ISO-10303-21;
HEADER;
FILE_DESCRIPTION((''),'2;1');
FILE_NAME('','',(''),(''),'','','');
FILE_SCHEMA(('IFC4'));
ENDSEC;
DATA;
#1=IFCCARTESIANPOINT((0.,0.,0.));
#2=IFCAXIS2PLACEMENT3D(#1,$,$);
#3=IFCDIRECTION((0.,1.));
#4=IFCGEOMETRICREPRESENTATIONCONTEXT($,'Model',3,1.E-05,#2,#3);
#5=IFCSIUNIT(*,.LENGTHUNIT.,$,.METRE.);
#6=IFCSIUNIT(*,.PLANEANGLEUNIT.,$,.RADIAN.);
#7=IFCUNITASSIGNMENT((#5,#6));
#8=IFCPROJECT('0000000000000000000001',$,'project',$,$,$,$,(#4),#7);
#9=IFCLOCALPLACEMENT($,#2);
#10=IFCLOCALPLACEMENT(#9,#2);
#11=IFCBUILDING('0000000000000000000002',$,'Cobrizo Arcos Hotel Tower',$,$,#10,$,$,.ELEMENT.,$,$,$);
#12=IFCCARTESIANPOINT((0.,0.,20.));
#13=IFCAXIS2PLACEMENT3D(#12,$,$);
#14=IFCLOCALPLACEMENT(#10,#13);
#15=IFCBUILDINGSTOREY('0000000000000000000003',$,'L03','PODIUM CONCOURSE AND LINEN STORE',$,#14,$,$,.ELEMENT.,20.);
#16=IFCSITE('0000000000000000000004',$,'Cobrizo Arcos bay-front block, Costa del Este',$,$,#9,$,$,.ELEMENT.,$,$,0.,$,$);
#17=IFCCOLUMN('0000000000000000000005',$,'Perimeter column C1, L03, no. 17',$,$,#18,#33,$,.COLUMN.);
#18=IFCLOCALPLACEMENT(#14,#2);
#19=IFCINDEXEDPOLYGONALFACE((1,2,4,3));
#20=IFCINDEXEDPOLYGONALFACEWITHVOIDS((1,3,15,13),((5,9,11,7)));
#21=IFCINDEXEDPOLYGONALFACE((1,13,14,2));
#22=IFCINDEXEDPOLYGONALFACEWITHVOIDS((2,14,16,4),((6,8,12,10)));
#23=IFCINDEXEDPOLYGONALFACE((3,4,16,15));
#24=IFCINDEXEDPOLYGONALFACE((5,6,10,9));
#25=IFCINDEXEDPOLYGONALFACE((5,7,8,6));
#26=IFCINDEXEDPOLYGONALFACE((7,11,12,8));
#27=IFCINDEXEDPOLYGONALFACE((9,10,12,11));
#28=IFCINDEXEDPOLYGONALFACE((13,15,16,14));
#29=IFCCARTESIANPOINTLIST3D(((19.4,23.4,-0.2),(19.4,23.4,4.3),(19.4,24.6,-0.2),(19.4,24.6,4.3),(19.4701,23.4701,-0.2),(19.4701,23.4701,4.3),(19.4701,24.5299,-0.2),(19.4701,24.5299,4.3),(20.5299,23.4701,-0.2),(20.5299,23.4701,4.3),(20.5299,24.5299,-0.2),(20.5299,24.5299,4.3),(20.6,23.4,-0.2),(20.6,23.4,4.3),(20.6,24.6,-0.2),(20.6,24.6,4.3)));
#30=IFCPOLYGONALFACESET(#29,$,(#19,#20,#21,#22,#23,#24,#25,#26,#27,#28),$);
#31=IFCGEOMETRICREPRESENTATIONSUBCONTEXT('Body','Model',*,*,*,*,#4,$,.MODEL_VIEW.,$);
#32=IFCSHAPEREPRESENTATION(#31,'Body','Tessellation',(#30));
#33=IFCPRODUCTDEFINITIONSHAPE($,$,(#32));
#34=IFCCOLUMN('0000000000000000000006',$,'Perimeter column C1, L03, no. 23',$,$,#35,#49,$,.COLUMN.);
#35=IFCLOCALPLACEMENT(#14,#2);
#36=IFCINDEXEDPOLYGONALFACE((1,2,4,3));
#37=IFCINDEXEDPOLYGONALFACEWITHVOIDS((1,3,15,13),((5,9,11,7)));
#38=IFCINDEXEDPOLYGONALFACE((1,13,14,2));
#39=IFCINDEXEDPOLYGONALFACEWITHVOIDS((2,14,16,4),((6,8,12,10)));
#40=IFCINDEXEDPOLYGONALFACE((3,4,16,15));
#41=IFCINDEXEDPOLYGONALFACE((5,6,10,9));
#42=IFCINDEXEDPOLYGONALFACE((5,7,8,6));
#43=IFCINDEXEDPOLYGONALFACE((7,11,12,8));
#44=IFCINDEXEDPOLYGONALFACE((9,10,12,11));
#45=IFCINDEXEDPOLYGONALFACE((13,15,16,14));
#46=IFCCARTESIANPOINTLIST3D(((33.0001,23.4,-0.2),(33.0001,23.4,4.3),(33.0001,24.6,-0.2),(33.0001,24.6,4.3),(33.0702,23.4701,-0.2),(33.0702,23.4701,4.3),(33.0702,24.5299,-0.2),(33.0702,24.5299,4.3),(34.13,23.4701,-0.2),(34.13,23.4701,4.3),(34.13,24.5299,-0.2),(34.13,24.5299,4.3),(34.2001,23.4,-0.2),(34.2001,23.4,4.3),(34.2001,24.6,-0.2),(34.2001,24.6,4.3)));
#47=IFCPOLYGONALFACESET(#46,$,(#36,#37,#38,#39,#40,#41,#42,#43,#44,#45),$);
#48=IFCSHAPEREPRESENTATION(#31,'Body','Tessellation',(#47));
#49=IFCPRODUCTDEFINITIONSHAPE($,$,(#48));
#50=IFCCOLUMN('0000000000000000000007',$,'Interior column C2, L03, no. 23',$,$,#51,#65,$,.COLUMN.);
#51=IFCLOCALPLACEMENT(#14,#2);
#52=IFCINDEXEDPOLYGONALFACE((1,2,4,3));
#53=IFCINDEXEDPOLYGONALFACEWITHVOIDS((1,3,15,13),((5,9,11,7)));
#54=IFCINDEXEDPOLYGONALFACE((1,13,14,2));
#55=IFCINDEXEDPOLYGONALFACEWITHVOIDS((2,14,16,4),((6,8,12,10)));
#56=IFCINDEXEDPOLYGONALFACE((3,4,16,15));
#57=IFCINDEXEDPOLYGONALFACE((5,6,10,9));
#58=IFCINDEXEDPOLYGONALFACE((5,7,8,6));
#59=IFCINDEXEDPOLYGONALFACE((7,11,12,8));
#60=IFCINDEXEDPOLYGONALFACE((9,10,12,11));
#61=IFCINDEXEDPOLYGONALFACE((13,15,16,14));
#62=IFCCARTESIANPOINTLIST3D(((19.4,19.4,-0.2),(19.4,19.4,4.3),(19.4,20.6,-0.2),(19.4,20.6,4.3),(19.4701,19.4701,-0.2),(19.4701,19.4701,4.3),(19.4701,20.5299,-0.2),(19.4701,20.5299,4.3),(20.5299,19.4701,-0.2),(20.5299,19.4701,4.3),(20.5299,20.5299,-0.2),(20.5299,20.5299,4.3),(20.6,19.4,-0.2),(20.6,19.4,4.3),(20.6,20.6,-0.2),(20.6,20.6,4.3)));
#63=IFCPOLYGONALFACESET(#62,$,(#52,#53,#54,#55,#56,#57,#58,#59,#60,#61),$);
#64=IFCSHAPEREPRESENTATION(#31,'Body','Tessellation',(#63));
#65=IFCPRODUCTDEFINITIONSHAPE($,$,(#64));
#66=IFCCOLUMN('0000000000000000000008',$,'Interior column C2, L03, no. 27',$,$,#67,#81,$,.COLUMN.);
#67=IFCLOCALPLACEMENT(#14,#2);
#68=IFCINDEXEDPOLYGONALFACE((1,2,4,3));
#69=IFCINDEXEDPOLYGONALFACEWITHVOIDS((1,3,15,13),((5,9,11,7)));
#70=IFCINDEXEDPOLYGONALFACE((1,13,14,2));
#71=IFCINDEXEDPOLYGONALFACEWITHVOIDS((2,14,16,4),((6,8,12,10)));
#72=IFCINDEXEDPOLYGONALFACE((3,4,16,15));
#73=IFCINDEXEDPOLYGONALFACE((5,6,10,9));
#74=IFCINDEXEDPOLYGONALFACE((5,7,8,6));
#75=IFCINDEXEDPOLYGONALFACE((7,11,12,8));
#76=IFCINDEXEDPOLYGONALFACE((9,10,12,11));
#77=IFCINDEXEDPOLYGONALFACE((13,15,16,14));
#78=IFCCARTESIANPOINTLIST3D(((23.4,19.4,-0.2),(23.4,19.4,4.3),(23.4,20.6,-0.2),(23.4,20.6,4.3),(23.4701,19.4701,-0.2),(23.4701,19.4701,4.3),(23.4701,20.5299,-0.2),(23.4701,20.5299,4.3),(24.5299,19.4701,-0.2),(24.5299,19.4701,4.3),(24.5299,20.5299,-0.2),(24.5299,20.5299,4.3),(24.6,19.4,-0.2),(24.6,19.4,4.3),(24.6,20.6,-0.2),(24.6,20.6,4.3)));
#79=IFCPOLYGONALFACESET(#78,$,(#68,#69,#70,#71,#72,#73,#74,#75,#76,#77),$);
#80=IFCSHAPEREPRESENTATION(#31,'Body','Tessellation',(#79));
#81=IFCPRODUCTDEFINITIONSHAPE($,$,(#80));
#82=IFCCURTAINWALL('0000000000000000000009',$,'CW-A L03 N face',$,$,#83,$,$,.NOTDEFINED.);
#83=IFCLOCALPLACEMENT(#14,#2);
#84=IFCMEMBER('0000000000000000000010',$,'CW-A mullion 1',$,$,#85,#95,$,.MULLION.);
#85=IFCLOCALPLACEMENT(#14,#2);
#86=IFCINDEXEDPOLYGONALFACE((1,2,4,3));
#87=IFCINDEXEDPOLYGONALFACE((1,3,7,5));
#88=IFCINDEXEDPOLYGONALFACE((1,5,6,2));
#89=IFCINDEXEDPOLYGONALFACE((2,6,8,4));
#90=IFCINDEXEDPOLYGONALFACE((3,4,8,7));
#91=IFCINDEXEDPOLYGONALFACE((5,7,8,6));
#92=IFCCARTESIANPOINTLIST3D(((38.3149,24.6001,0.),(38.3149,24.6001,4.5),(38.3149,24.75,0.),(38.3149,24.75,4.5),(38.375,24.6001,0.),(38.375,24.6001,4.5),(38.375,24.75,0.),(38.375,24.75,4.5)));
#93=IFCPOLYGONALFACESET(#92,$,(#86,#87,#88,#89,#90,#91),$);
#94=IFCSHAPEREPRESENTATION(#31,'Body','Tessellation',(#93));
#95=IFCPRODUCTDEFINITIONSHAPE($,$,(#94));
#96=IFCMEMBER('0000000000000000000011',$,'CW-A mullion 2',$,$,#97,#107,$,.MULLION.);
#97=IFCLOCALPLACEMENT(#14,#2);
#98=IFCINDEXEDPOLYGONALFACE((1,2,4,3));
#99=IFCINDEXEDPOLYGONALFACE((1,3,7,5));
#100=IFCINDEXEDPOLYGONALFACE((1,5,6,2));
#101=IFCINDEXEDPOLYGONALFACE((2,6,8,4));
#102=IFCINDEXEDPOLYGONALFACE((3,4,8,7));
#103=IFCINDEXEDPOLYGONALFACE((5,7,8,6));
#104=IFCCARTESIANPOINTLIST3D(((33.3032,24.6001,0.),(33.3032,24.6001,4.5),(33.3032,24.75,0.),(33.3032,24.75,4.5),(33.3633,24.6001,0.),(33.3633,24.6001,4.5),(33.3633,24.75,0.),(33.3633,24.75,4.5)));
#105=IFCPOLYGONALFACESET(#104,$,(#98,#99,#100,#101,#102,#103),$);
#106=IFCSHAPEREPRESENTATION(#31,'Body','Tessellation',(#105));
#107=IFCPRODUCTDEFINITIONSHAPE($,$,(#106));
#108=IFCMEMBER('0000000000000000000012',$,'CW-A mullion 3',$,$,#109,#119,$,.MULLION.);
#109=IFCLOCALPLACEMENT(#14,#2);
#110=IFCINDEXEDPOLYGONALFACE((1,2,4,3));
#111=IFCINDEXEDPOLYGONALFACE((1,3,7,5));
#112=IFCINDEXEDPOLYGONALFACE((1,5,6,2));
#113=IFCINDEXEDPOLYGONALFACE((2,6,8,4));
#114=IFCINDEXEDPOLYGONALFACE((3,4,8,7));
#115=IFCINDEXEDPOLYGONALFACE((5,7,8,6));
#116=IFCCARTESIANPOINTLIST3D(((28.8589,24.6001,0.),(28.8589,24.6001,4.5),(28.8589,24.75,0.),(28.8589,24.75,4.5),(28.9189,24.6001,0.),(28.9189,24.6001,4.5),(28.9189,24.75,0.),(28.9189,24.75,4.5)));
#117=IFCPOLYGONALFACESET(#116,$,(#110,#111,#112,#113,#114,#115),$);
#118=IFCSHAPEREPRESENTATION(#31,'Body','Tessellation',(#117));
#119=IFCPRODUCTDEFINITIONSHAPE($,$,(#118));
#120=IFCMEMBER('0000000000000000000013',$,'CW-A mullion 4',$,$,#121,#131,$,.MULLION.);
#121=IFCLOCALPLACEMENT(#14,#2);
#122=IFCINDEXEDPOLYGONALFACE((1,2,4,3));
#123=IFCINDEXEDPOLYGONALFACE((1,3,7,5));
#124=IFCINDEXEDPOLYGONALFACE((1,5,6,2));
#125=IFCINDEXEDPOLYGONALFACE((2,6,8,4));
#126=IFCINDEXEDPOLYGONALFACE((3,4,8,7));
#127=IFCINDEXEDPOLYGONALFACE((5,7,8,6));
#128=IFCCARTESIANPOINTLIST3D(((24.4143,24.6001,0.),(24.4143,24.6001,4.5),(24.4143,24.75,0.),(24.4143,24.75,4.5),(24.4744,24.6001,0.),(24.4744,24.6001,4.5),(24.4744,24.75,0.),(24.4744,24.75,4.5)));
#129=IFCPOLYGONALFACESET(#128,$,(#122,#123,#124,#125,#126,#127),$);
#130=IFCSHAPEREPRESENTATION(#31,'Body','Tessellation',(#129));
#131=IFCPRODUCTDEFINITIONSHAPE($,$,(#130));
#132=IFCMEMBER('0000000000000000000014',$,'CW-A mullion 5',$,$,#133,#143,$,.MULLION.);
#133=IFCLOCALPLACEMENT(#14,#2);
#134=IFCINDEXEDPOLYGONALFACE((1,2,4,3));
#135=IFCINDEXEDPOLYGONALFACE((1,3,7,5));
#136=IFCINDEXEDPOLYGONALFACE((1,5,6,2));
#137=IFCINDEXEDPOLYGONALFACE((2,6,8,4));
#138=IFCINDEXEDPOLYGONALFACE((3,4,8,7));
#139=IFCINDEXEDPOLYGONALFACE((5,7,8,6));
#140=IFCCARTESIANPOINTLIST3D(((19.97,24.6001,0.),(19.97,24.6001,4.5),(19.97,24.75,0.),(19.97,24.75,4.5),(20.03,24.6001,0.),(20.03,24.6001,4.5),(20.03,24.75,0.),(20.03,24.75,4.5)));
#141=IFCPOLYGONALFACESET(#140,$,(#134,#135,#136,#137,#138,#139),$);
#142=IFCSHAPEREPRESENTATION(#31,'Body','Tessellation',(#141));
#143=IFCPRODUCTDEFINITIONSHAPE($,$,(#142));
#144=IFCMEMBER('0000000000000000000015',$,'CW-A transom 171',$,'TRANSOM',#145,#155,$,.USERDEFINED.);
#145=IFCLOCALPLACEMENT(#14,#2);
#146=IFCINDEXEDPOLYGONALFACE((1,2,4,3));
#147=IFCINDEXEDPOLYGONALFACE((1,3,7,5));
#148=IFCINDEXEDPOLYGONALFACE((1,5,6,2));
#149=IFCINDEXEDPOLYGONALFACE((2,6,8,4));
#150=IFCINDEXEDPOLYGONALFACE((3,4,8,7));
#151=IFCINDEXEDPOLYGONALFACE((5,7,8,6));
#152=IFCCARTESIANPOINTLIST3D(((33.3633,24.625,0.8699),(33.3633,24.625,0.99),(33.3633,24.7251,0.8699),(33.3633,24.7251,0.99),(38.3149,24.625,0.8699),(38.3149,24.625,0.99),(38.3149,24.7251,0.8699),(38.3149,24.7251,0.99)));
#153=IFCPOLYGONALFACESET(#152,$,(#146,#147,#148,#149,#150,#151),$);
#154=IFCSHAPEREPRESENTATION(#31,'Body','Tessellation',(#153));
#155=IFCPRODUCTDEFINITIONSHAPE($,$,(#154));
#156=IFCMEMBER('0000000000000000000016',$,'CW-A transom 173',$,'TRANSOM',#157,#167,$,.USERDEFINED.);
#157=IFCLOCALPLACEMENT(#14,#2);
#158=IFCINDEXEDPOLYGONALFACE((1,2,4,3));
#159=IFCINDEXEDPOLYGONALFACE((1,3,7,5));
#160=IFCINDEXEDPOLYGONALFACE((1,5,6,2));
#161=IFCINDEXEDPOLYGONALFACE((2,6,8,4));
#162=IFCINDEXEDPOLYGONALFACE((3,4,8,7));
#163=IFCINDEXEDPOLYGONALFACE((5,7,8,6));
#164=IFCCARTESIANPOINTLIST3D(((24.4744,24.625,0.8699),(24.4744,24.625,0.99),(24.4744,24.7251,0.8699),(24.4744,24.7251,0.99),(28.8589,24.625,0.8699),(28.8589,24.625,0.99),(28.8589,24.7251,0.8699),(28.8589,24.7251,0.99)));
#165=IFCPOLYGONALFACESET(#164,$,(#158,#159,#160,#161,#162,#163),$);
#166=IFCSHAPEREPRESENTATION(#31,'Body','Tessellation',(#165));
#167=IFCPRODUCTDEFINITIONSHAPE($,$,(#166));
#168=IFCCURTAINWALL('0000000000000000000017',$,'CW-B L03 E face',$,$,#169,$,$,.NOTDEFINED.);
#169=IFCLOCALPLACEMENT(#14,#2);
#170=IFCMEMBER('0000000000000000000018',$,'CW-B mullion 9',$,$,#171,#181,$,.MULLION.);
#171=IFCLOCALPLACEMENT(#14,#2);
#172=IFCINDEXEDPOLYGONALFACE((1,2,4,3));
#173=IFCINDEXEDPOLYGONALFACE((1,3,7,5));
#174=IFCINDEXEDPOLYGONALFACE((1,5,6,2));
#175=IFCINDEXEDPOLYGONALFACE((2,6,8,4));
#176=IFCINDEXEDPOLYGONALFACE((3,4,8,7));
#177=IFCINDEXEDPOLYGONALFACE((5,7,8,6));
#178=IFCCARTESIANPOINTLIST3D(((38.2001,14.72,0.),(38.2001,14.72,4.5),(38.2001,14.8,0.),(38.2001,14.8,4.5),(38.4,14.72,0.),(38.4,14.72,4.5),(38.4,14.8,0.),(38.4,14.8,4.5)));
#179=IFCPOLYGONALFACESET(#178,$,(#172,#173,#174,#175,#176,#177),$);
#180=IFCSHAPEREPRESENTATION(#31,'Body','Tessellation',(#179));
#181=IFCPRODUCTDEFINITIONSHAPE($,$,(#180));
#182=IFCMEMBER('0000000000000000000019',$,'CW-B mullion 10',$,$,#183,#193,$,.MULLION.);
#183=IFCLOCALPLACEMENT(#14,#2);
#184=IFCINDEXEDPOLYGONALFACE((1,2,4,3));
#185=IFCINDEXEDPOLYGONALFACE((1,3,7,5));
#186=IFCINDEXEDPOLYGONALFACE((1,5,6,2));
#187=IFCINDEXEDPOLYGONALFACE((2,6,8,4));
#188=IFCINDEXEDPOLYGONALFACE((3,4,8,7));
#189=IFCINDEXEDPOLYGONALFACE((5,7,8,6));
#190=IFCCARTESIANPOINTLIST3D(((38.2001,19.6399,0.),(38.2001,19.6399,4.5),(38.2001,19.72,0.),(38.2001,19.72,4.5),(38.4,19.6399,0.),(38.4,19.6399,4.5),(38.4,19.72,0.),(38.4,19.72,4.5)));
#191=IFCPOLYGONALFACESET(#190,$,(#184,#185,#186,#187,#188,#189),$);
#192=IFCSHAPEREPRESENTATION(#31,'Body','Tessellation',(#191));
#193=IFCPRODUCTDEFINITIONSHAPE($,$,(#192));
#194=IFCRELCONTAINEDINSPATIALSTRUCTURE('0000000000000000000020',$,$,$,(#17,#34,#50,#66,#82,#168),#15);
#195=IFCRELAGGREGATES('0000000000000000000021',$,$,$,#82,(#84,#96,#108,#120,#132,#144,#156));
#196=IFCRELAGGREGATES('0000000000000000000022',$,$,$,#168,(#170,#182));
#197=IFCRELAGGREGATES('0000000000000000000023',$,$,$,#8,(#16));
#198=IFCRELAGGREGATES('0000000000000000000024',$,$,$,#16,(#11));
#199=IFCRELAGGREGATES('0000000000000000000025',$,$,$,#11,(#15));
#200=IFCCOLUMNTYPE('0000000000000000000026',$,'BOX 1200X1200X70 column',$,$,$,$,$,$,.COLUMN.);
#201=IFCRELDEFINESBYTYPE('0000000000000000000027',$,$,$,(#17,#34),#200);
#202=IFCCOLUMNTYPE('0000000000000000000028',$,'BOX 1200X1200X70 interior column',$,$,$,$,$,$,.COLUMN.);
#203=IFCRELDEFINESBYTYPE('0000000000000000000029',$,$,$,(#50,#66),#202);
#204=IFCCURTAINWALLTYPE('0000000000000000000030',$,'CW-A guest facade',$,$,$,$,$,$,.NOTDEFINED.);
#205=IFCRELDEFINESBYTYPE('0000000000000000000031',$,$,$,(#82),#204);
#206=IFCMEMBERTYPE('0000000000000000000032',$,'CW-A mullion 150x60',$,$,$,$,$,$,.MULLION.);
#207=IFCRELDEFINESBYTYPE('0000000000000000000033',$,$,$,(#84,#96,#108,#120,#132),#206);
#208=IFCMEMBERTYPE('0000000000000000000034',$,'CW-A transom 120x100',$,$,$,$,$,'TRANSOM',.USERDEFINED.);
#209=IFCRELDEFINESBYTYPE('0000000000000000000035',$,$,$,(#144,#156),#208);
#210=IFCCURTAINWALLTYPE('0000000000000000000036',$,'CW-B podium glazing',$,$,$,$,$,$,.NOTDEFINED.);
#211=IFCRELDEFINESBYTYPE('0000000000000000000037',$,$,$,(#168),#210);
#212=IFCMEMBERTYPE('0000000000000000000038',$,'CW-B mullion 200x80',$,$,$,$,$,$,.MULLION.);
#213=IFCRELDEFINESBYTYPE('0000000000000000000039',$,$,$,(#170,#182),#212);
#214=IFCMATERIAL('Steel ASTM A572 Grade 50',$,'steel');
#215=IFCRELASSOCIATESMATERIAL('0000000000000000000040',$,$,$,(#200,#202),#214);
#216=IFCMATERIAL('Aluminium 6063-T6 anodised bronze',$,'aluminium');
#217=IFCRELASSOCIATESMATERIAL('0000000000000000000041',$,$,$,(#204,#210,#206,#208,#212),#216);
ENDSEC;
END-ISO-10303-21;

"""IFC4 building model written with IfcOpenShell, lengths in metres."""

from ifc_helpers import new_model, si_unit, direction, frame, origin, origin_2d, place, context, subcontext, project, spatial, rectangle, hollow_rectangle, extrude, material, material_profile, profile_set, type_object, element, aggregate, save


model = new_model("IFC4")

# Units and contexts
model_context = context("Model", 3, precision=1e-05, world=origin(), true_north=direction((0.0, 1.0)))
body_context = subcontext(model_context, "Body", "Model", "MODEL_VIEW")
ifc_project = project(units=[si_unit("LENGTHUNIT", "METRE"), si_unit("PLANEANGLEUNIT", "RADIAN")], contexts=[model_context])

# Site, building, storey
site_placement = place(None, origin())
site = spatial("IfcSite", under=ifc_project, at=site_placement, Name="Cobrizo Arcos bay-front block, Costa del Este", CompositionType="ELEMENT", RefElevation=0.0)
building_placement = place(site_placement, origin())
building = spatial("IfcBuilding", under=site, at=building_placement, Name="Cobrizo Arcos Hotel Tower", CompositionType="ELEMENT")
storey_placement = place(building_placement, frame((0.0, 0.0, 20.0)))
storey = spatial("IfcBuildingStorey", under=building, at=storey_placement, Name="L03", Description="PODIUM CONCOURSE AND LINEN STORE", CompositionType="ELEMENT", Elevation=20.0)

# Columns
ifc_material_1 = material(Name="Steel ASTM A572 Grade 50", Category="steel")
ifc_material_profile_1 = material_profile(ifc_material_1, hollow_rectangle(XDim=1.2, YDim=1.2, WallThickness=0.0701, at=origin_2d()), Name="BOX 1200X1200X70")
ifc_profile_set_1 = profile_set([ifc_material_profile_1], Name="Steel ASTM A572 Grade 50")
column_type_1 = type_object("IfcColumnType", Name="BOX 1200X1200X70 column", PredefinedType="COLUMN", material=ifc_profile_set_1)
for number, where, z_axis, x_axis, name in (
    (1, (20.0, 24.0, -0.2), (0.0, 0.0, 1.0), (1.0, 0.0, 0.0), "Perimeter column C1, L03, no. 17"),
    (2, (33.6001, 24.0, -0.2), (0.0, 0.0, 1.0), (1.0, 0.0, 0.0), "Perimeter column C1, L03, no. 23"),
):
    element("IfcColumn", number, at=place(storey_placement, frame(where, z_axis=z_axis, x_axis=x_axis)), inside=storey, type_object=column_type_1, Name=name, PredefinedType="COLUMN", context=body_context, shape_type="SweptSolid", body=[
        extrude(hollow_rectangle(XDim=1.2, YDim=1.2, WallThickness=0.0701, at=origin_2d()), origin(), (0.0, 0.0, 1.0), 4.5),
    ])
ifc_material_profile_2 = material_profile(ifc_material_1, hollow_rectangle(XDim=1.2, YDim=1.2, WallThickness=0.0701, at=origin_2d()), Name="BOX 1200X1200X70")
ifc_profile_set_2 = profile_set([ifc_material_profile_2], Name="Steel ASTM A572 Grade 50")
column_type_2 = type_object("IfcColumnType", Name="BOX 1200X1200X70 interior column", PredefinedType="COLUMN", material=ifc_profile_set_2)
for number, where, z_axis, x_axis, name in (
    (3, (20.0, 20.0, -0.2), (0.0, 0.0, 1.0), (1.0, 0.0, 0.0), "Interior column C2, L03, no. 23"),
    (4, (24.0, 20.0, -0.2), (0.0, 0.0, 1.0), (1.0, 0.0, 0.0), "Interior column C2, L03, no. 27"),
):
    element("IfcColumn", number, at=place(storey_placement, frame(where, z_axis=z_axis, x_axis=x_axis)), inside=storey, type_object=column_type_2, Name=name, PredefinedType="COLUMN", context=body_context, shape_type="SweptSolid", body=[
        extrude(hollow_rectangle(XDim=1.2, YDim=1.2, WallThickness=0.0701, at=origin_2d()), origin(), (0.0, 0.0, 1.0), 4.5),
    ])

# Curtain walls, members
ifc_material_2 = material(Name="Aluminium 6063-T6 anodised bronze", Category="aluminium")
curtain_wall_type_1 = type_object("IfcCurtainWallType", Name="CW-A guest facade", PredefinedType="NOTDEFINED", material=ifc_material_2)
curtain_wall_1_placement = place(storey_placement, origin())
curtain_wall_1 = element("IfcCurtainWall", 5, at=curtain_wall_1_placement, inside=storey, type_object=curtain_wall_type_1, Name="CW-A L03 N face", PredefinedType="NOTDEFINED")
ifc_material_profile_3 = material_profile(ifc_material_2, rectangle(XDim=0.1499, YDim=0.0601, at=origin_2d()), Name="CW-A mullion 150x60")
ifc_profile_set_3 = profile_set([ifc_material_profile_3], Name="Aluminium 6063-T6 anodised bronze")
member_type_1 = type_object("IfcMemberType", Name="CW-A mullion 150x60", PredefinedType="MULLION", material=ifc_profile_set_3)
member_1_placement = place(storey_placement, frame((38.345, 24.675, 0.0), z_axis=(0.0, 0.0, 1.0), x_axis=(0.0, 1.0, 0.0)))
member_1 = element("IfcMember", 6, at=member_1_placement, type_object=member_type_1, Name="CW-A mullion 1", PredefinedType="MULLION", context=body_context, shape_type="SweptSolid", body=[
    extrude(rectangle(XDim=0.1499, YDim=0.0601, at=origin_2d()), origin(), (0.0, 0.0, 1.0), 4.5),
])
member_2_placement = place(storey_placement, frame((33.3333, 24.675, 0.0), z_axis=(0.0, 0.0, 1.0), x_axis=(0.0, 1.0, 0.0)))
member_2 = element("IfcMember", 7, at=member_2_placement, type_object=member_type_1, Name="CW-A mullion 2", PredefinedType="MULLION", context=body_context, shape_type="SweptSolid", body=[
    extrude(rectangle(XDim=0.1499, YDim=0.0601, at=origin_2d()), origin(), (0.0, 0.0, 1.0), 4.5),
])
member_3_placement = place(storey_placement, frame((28.8889, 24.675, 0.0), z_axis=(0.0, 0.0, 1.0), x_axis=(0.0, 1.0, 0.0)))
member_3 = element("IfcMember", 8, at=member_3_placement, type_object=member_type_1, Name="CW-A mullion 3", PredefinedType="MULLION", context=body_context, shape_type="SweptSolid", body=[
    extrude(rectangle(XDim=0.1499, YDim=0.0601, at=origin_2d()), origin(), (0.0, 0.0, 1.0), 4.5),
])
member_4_placement = place(storey_placement, frame((24.4443, 24.675, 0.0), z_axis=(0.0, 0.0, 1.0), x_axis=(0.0, 1.0, 0.0)))
member_4 = element("IfcMember", 9, at=member_4_placement, type_object=member_type_1, Name="CW-A mullion 4", PredefinedType="MULLION", context=body_context, shape_type="SweptSolid", body=[
    extrude(rectangle(XDim=0.1499, YDim=0.0601, at=origin_2d()), origin(), (0.0, 0.0, 1.0), 4.5),
])
member_5_placement = place(storey_placement, frame((20.0, 24.675, 0.0), z_axis=(0.0, 0.0, 1.0), x_axis=(0.0, 1.0, 0.0)))
member_5 = element("IfcMember", 10, at=member_5_placement, type_object=member_type_1, Name="CW-A mullion 5", PredefinedType="MULLION", context=body_context, shape_type="SweptSolid", body=[
    extrude(rectangle(XDim=0.1499, YDim=0.0601, at=origin_2d()), origin(), (0.0, 0.0, 1.0), 4.5),
])
ifc_material_profile_4 = material_profile(ifc_material_2, rectangle(XDim=0.1001, YDim=0.1201, at=origin_2d()), Name="CW-A transom 120x100")
ifc_profile_set_4 = profile_set([ifc_material_profile_4], Name="Aluminium 6063-T6 anodised bronze")
member_type_2 = type_object("IfcMemberType", Name="CW-A transom 120x100", ElementType="TRANSOM", PredefinedType="USERDEFINED", material=ifc_profile_set_4)
member_6_placement = place(storey_placement, frame((38.3149, 24.675, 0.9299), z_axis=(-1.0, 0.0, 0.0), x_axis=(0.0, -1.0, 0.0)))
member_6 = element("IfcMember", 11, at=member_6_placement, type_object=member_type_2, Name="CW-A transom 171", ObjectType="TRANSOM", PredefinedType="USERDEFINED", context=body_context, shape_type="SweptSolid", body=[
    extrude(rectangle(XDim=0.1001, YDim=0.1201, at=origin_2d()), origin(), (0.0, 0.0, 1.0), 4.9517),
])
member_7_placement = place(storey_placement, frame((28.8589, 24.675, 0.9299), z_axis=(-1.0, 0.0, 0.0), x_axis=(0.0, -1.0, 0.0)))
member_7 = element("IfcMember", 12, at=member_7_placement, type_object=member_type_2, Name="CW-A transom 173", ObjectType="TRANSOM", PredefinedType="USERDEFINED", context=body_context, shape_type="SweptSolid", body=[
    extrude(rectangle(XDim=0.1001, YDim=0.1201, at=origin_2d()), origin(), (0.0, 0.0, 1.0), 4.3845),
])
curtain_wall_type_2 = type_object("IfcCurtainWallType", Name="CW-B podium glazing", PredefinedType="NOTDEFINED", material=ifc_material_2)
curtain_wall_2_placement = place(storey_placement, origin())
curtain_wall_2 = element("IfcCurtainWall", 13, at=curtain_wall_2_placement, inside=storey, type_object=curtain_wall_type_2, Name="CW-B L03 E face", PredefinedType="NOTDEFINED")
ifc_material_profile_5 = material_profile(ifc_material_2, rectangle(XDim=0.2, YDim=0.0801, at=origin_2d()), Name="CW-B mullion 200x80")
ifc_profile_set_5 = profile_set([ifc_material_profile_5], Name="Aluminium 6063-T6 anodised bronze")
member_type_3 = type_object("IfcMemberType", Name="CW-B mullion 200x80", PredefinedType="MULLION", material=ifc_profile_set_5)
member_8_placement = place(storey_placement, frame((38.3, 14.76, 0.0), z_axis=(0.0, 0.0, 1.0), x_axis=(1.0, 0.0, 0.0)))
member_8 = element("IfcMember", 14, at=member_8_placement, type_object=member_type_3, Name="CW-B mullion 9", PredefinedType="MULLION", context=body_context, shape_type="SweptSolid", body=[
    extrude(rectangle(XDim=0.2, YDim=0.0801, at=origin_2d()), origin(), (0.0, 0.0, 1.0), 4.5),
])
member_9_placement = place(storey_placement, frame((38.3, 19.6799, 0.0), z_axis=(0.0, 0.0, 1.0), x_axis=(1.0, 0.0, 0.0)))
member_9 = element("IfcMember", 15, at=member_9_placement, type_object=member_type_3, Name="CW-B mullion 10", PredefinedType="MULLION", context=body_context, shape_type="SweptSolid", body=[
    extrude(rectangle(XDim=0.2, YDim=0.0801, at=origin_2d()), origin(), (0.0, 0.0, 1.0), 4.5),
])

aggregate(curtain_wall_1, [member_1, member_2, member_3, member_4, member_5, member_6, member_7])
aggregate(curtain_wall_2, [member_8, member_9])

save(model, "model.ifc")
